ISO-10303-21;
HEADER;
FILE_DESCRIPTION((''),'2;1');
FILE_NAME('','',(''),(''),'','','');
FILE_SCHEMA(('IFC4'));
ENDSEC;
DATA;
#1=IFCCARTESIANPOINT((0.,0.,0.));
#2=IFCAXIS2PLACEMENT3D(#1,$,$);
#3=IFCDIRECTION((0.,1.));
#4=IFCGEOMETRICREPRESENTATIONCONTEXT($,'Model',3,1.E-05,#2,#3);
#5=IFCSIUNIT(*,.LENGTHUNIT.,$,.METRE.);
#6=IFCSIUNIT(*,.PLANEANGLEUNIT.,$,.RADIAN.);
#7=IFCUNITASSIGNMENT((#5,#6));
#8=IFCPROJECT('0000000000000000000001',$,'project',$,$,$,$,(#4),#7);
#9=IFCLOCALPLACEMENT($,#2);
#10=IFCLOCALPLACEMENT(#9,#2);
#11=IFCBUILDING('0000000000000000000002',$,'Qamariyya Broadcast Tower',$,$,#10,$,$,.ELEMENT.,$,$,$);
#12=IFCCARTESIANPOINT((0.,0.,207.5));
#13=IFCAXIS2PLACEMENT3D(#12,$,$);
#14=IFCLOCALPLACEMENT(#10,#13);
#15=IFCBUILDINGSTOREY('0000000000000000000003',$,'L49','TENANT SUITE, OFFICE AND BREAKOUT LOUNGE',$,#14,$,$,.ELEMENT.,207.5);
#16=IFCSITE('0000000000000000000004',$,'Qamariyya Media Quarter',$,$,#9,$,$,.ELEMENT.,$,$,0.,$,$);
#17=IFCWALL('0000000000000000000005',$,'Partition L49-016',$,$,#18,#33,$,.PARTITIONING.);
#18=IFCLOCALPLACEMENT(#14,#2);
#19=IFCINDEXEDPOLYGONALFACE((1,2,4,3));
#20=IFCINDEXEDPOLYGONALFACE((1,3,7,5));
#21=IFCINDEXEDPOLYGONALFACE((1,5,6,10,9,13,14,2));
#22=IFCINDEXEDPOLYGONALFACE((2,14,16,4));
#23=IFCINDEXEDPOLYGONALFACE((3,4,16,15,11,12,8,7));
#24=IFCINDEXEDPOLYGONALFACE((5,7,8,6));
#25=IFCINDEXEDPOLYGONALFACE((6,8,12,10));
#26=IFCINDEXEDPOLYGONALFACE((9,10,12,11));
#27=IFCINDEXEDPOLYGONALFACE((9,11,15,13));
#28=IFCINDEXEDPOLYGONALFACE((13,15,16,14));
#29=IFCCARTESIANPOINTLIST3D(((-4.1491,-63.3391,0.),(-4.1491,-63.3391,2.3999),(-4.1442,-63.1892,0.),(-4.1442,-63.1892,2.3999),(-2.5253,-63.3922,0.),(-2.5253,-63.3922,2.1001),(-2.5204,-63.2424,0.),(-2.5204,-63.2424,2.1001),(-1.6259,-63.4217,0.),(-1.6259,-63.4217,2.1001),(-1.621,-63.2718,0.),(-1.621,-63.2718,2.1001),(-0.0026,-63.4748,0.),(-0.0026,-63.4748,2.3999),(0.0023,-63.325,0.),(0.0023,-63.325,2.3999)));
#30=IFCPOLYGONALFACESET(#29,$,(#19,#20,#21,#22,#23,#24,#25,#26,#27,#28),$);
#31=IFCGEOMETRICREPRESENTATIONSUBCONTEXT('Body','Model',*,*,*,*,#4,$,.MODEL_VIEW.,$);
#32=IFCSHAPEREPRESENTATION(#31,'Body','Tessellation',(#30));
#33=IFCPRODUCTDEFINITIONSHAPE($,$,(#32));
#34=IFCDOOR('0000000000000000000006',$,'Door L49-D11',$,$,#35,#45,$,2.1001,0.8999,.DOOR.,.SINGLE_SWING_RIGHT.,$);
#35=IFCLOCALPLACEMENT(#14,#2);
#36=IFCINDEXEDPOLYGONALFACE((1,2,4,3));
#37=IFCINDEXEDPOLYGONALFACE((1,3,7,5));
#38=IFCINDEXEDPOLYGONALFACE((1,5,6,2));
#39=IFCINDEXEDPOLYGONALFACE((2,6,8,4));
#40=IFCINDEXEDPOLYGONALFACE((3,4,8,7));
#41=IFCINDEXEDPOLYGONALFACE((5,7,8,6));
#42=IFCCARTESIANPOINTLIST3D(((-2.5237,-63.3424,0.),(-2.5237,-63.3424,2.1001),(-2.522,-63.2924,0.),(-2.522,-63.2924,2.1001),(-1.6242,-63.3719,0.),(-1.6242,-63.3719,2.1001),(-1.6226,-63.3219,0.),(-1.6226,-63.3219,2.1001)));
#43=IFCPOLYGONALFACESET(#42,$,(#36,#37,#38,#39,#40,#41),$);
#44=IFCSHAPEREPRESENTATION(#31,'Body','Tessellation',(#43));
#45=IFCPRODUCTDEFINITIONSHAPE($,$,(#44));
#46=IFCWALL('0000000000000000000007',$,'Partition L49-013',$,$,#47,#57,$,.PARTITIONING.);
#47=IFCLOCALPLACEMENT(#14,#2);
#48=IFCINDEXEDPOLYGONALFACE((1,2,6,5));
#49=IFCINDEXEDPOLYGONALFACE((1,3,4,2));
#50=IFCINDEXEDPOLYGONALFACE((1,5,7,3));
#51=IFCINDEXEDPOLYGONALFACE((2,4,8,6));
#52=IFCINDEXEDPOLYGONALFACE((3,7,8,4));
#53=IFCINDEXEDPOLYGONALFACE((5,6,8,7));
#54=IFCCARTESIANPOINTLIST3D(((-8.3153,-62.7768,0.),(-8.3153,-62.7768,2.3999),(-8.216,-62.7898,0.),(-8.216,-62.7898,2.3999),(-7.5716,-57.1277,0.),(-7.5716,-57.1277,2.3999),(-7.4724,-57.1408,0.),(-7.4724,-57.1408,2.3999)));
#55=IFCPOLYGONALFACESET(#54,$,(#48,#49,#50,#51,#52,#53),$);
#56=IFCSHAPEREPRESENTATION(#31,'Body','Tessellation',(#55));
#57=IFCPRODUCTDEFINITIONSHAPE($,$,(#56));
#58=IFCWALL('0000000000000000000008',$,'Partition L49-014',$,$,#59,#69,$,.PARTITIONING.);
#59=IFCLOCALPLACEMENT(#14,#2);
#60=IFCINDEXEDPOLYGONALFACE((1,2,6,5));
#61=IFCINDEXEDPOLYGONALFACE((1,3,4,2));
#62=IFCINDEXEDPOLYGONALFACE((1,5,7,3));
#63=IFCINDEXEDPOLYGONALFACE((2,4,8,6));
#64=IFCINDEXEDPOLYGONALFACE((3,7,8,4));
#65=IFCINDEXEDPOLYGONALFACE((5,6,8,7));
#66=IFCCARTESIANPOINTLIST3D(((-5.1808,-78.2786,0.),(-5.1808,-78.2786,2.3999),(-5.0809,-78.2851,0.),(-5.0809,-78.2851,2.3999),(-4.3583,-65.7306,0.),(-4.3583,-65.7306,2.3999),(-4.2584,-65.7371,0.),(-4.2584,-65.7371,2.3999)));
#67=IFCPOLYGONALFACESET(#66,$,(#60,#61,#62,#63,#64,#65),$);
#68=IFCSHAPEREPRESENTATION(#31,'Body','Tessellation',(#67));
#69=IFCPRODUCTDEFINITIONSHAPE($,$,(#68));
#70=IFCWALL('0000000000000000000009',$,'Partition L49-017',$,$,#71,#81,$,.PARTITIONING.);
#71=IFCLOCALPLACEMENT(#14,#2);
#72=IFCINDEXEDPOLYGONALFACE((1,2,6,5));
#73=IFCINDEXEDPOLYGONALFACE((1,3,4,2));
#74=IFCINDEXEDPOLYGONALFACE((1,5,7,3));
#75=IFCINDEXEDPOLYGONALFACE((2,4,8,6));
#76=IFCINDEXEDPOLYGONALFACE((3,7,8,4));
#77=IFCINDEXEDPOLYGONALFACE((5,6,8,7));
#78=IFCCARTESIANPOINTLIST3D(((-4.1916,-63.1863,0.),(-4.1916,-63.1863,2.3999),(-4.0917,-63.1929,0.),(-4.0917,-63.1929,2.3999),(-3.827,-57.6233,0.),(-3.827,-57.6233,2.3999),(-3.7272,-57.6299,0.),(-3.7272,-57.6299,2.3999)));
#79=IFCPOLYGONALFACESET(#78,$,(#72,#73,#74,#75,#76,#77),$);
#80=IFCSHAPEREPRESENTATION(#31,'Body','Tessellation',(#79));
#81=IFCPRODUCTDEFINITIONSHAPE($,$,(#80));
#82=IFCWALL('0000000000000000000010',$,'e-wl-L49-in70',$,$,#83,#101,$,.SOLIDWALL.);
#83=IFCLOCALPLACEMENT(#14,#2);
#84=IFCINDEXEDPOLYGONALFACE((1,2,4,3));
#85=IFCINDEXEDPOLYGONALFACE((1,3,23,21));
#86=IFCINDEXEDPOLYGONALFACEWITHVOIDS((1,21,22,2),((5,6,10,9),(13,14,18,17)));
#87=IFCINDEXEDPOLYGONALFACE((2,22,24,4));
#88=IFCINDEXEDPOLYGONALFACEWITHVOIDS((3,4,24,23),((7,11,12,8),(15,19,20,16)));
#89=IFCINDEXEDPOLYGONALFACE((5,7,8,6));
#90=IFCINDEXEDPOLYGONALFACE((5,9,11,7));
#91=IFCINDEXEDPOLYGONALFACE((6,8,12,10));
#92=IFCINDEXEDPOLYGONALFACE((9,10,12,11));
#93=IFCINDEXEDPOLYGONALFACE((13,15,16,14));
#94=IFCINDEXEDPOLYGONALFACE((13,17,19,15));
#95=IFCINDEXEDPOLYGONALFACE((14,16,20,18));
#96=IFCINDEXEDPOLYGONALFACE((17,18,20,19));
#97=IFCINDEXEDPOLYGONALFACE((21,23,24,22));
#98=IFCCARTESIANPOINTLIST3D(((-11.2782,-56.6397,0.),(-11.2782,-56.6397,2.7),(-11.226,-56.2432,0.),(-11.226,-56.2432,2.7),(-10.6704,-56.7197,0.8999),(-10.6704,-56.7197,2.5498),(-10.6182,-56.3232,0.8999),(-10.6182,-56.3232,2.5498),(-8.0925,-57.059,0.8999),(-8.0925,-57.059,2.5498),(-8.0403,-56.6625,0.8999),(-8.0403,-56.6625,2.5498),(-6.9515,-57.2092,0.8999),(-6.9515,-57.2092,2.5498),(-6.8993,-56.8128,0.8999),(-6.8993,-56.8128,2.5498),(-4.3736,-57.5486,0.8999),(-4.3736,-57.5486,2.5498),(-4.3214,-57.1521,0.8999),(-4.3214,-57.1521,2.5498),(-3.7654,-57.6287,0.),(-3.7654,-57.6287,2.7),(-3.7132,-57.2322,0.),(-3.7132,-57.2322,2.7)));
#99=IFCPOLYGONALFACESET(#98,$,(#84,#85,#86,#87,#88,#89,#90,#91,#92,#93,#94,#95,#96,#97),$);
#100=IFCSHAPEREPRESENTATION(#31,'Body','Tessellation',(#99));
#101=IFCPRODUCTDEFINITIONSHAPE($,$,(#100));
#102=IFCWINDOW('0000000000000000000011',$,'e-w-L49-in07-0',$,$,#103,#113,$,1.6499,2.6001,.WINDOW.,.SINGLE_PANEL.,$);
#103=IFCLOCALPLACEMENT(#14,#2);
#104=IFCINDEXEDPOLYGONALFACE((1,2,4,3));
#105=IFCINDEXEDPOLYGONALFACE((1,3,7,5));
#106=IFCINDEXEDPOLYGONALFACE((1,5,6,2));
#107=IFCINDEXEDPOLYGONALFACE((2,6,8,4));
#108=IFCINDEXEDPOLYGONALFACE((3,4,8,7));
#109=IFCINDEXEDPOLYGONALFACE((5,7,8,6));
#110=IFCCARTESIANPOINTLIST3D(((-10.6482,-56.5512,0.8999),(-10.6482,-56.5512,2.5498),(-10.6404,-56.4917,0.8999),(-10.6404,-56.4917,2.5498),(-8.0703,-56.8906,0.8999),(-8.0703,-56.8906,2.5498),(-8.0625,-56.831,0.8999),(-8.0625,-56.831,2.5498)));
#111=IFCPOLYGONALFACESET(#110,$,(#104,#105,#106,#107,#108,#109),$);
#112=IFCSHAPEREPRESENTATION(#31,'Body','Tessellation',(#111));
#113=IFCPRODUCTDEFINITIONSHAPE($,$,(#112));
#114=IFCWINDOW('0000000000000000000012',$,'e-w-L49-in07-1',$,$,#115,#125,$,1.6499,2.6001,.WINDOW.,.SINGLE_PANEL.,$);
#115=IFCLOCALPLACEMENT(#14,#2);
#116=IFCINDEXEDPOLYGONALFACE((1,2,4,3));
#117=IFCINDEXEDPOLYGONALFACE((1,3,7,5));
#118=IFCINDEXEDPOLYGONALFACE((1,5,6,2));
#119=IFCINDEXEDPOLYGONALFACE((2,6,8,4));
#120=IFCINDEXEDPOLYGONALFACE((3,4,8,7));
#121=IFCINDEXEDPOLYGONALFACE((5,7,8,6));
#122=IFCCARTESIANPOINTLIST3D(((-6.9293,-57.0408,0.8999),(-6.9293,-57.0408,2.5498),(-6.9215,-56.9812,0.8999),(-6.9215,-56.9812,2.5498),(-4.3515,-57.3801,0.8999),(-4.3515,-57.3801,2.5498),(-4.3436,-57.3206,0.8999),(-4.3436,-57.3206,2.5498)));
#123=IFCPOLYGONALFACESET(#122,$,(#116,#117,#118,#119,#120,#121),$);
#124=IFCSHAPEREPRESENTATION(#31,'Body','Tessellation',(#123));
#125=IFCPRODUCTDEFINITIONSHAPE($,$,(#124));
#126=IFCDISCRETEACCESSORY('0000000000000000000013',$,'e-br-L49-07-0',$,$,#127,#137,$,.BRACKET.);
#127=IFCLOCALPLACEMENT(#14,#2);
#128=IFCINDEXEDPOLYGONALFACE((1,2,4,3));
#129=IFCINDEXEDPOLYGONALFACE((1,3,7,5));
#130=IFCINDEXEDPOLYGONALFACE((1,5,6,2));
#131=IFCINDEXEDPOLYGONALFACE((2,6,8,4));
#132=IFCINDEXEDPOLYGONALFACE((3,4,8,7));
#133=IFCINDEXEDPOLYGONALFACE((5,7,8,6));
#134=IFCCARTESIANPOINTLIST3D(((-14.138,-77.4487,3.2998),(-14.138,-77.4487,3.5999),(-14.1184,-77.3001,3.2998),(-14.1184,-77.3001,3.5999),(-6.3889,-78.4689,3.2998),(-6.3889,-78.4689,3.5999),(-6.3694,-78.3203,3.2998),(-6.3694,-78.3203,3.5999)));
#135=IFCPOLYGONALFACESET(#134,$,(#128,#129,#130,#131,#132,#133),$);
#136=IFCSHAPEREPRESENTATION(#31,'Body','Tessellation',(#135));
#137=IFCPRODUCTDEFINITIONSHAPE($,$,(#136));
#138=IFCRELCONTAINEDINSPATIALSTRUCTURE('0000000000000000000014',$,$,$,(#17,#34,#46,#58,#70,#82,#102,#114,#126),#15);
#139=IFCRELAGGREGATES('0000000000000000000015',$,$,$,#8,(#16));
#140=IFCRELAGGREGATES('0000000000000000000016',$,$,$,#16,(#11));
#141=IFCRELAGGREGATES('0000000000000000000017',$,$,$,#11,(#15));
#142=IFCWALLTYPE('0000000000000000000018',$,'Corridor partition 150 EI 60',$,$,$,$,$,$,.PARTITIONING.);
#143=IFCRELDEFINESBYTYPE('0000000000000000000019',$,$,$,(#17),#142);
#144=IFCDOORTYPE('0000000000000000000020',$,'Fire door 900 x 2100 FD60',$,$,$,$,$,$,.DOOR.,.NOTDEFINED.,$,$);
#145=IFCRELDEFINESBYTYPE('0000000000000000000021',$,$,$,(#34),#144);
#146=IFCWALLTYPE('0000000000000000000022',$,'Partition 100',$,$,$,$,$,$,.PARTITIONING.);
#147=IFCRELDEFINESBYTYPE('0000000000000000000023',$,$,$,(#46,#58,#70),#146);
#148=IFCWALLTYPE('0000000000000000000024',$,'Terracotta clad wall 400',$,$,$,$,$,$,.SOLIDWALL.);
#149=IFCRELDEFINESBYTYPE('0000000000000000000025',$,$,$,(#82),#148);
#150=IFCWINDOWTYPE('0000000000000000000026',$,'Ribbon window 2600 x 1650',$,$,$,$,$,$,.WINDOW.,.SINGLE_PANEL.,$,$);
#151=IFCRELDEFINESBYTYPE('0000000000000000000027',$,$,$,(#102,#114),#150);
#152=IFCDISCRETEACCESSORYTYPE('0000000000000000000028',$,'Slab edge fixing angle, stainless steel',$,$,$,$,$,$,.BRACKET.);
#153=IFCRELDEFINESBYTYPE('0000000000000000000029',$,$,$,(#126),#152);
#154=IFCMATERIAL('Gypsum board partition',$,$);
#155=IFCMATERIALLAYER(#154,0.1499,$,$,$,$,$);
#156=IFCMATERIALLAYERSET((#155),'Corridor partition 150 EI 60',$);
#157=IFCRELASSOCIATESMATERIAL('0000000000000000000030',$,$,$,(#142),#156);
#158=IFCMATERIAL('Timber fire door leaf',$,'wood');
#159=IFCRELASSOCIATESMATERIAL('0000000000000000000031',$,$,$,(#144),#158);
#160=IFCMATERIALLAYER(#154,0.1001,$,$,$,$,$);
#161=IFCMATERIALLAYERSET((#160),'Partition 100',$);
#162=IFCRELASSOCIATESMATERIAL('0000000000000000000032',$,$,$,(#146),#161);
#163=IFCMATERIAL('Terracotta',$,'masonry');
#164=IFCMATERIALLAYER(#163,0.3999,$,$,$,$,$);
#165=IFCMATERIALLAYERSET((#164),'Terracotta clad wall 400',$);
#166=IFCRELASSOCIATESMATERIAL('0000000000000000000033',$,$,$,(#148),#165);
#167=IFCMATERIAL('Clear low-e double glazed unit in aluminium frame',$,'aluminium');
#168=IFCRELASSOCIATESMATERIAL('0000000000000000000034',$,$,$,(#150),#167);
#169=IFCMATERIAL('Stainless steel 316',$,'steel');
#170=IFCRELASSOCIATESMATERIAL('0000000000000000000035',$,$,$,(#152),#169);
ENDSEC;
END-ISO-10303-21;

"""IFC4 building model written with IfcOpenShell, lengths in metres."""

from ifc_helpers import new_model, si_unit, direction, frame, frame_2d, origin, origin_2d, place, context, subcontext, project, spatial, rectangle, extrude, material, layer, layer_set, type_object, element, fill, save


model = new_model("IFC4")

# Units and contexts
model_context = context("Model", 3, precision=1e-05, world=origin(), true_north=direction((0.0, 1.0)))
body_context = subcontext(model_context, "Body", "Model", "MODEL_VIEW")
ifc_project = project(units=[si_unit("LENGTHUNIT", "METRE"), si_unit("PLANEANGLEUNIT", "RADIAN")], contexts=[model_context])

# Site, building, storey
site_placement = place(None, origin())
site = spatial("IfcSite", under=ifc_project, at=site_placement, Name="Qamariyya Media Quarter", CompositionType="ELEMENT", RefElevation=0.0)
building_placement = place(site_placement, origin())
building = spatial("IfcBuilding", under=site, at=building_placement, Name="Qamariyya Broadcast Tower", CompositionType="ELEMENT")
storey_placement = place(building_placement, frame((0.0, 0.0, 207.5)))
storey = spatial("IfcBuildingStorey", under=building, at=storey_placement, Name="L49", Description="TENANT SUITE, OFFICE AND BREAKOUT LOUNGE", CompositionType="ELEMENT", Elevation=207.5)

# Wall, opening, door
ifc_material_1 = material(Name="Gypsum board partition")
ifc_layer_1 = layer(ifc_material_1, 0.1499)
ifc_layer_set_1 = layer_set([ifc_layer_1], Name="Corridor partition 150 EI 60")
wall_type_1 = type_object("IfcWallType", Name="Corridor partition 150 EI 60", PredefinedType="PARTITIONING", material=ifc_layer_set_1)
ifc_material_2 = material(Name="Timber fire door leaf", Category="wood")
door_type_1 = type_object("IfcDoorType", Name="Fire door 900 x 2100 FD60", OperationType="NOTDEFINED", PredefinedType="DOOR", material=ifc_material_2)
wall_1_placement = place(storey_placement, frame((-4.1465, -63.2642, 0.0), z_axis=(0.0, 0.0, 1.0), x_axis=(0.999465, -0.032719, 0.0)))
wall_1 = element("IfcWall", 1, at=wall_1_placement, inside=storey, type_object=wall_type_1, Name="Partition L49-016", PredefinedType="PARTITIONING", context=body_context, shape_type="SweptSolid", body=[
    extrude(rectangle(XDim=4.1487, YDim=0.1499, at=frame_2d((2.0742, 0.0))), origin(), (0.0, 0.0, 1.0), 2.3999),
])
opening_1_placement = place(wall_1_placement, frame((1.6245, 0.0, 0.0)))
opening_1 = element("IfcOpeningElement", 2, at=opening_1_placement, cuts=wall_1, PredefinedType="OPENING", context=body_context, shape_type="SweptSolid", body=[
    extrude(rectangle(XDim=0.8999, YDim=2.1001, at=frame_2d((0.45, 1.05))), frame((0.0, 0.085, 0.0), z_axis=(0.0, -1.0, 0.0), x_axis=(1.0, 0.0, 0.0)), (0.0, 0.0, 1.0), 0.1699),
])
door_1_placement = place(opening_1_placement, origin())
door_1 = element("IfcDoor", 3, at=door_1_placement, inside=storey, type_object=door_type_1, Name="Door L49-D11", OperationType="SINGLE_SWING_RIGHT", OverallHeight=2.1001, OverallWidth=0.8999, PredefinedType="DOOR", context=body_context, shape_type="SweptSolid", body=[
    extrude(rectangle(XDim=0.8999, YDim=2.1001, at=frame_2d((0.45, 1.05))), frame((0.0, 0.0249, 0.0), z_axis=(0.0, -1.0, 0.0), x_axis=(1.0, 0.0, 0.0)), (0.0, 0.0, 1.0), 0.05),
])
fill(opening_1, door_1)

# Walls
ifc_layer_2 = layer(ifc_material_1, 0.1001)
ifc_layer_set_2 = layer_set([ifc_layer_2], Name="Partition 100")
wall_type_2 = type_object("IfcWallType", Name="Partition 100", PredefinedType="PARTITIONING", material=ifc_layer_set_2)
wall_2_placement = place(storey_placement, frame((-7.522, -57.1343, 0.0), z_axis=(0.0, 0.0, 1.0), x_axis=(-0.130519, -0.991446, 0.0)))
element("IfcWall", 4, at=wall_2_placement, inside=storey, type_object=wall_type_2, Name="Partition L49-013", PredefinedType="PARTITIONING", context=body_context, shape_type="SweptSolid", body=[
    extrude(rectangle(XDim=5.6978, YDim=0.1001, at=frame_2d((2.8489, 0.0))), origin(), (0.0, 0.0, 1.0), 2.3999),
])
wall_3_placement = place(storey_placement, frame((-5.1309, -78.282, 0.0), z_axis=(0.0, 0.0, 1.0), x_axis=(0.065408, 0.997859, 0.0)))
element("IfcWall", 5, at=wall_3_placement, inside=storey, type_object=wall_type_2, Name="Partition L49-014", PredefinedType="PARTITIONING", context=body_context, shape_type="SweptSolid", body=[
    extrude(rectangle(XDim=12.575, YDim=0.1001, at=frame_2d((6.2876, 0.0))), origin(), (0.0, 0.0, 1.0), 2.3999),
])
wall_4_placement = place(storey_placement, frame((-3.7771, -57.6265, 0.0), z_axis=(0.0, 0.0, 1.0), x_axis=(-0.065382, -0.99786, 0.0)))
element("IfcWall", 6, at=wall_4_placement, inside=storey, type_object=wall_type_2, Name="Partition L49-017", PredefinedType="PARTITIONING", context=body_context, shape_type="SweptSolid", body=[
    extrude(rectangle(XDim=5.575, YDim=0.1001, at=frame_2d((2.7876, 0.0))), origin(), (0.0, 0.0, 1.0), 2.3999),
])

# Wall, openings, windows
ifc_material_3 = material(Name="Terracotta", Category="masonry")
ifc_layer_3 = layer(ifc_material_3, 0.3999)
ifc_layer_set_3 = layer_set([ifc_layer_3], Name="Terracotta clad wall 400")
wall_type_3 = type_object("IfcWallType", Name="Terracotta clad wall 400", PredefinedType="SOLIDWALL", material=ifc_layer_set_3)
wall_5_placement = place(storey_placement, frame((-3.7393, -57.4304, 0.0), z_axis=(0.0, 0.0, 1.0), x_axis=(-0.991446, 0.130515, 0.0)))
wall_5 = element("IfcWall", 7, at=wall_5_placement, inside=storey, type_object=wall_type_3, Name="e-wl-L49-in70", PredefinedType="SOLIDWALL", context=body_context, shape_type="SweptSolid", body=[
    extrude(rectangle(XDim=7.5776, YDim=0.3999, at=frame_2d((3.7888, 0.0))), origin(), (0.0, 0.0, 1.0), 2.7),
])
opening_2_placement = place(wall_5_placement, frame((4.3645, 0.0, 0.8999)))
opening_2 = element("IfcOpeningElement", 8, at=opening_2_placement, cuts=wall_5, PredefinedType="OPENING", context=body_context, shape_type="SweptSolid", body=[
    extrude(rectangle(XDim=2.6001, YDim=1.6499, at=frame_2d((1.3, 0.825))), frame((0.0, 0.21, 0.0), z_axis=(0.0, -1.0, 0.0), x_axis=(1.0, 0.0, 0.0)), (0.0, 0.0, 1.0), 0.4199),
])
opening_3_placement = place(wall_5_placement, frame((0.6135, 0.0, 0.8999)))
opening_3 = element("IfcOpeningElement", 9, at=opening_3_placement, cuts=wall_5, PredefinedType="OPENING", context=body_context, shape_type="SweptSolid", body=[
    extrude(rectangle(XDim=2.6001, YDim=1.6499, at=frame_2d((1.3, 0.825))), frame((0.0, 0.21, 0.0), z_axis=(0.0, -1.0, 0.0), x_axis=(1.0, 0.0, 0.0)), (0.0, 0.0, 1.0), 0.4199),
])
ifc_material_4 = material(Name="Clear low-e double glazed unit in aluminium frame", Category="aluminium")
window_type = type_object("IfcWindowType", Name="Ribbon window 2600 x 1650", PartitioningType="SINGLE_PANEL", PredefinedType="WINDOW", material=ifc_material_4)
window_1_placement = place(opening_2_placement, origin())
window_1 = element("IfcWindow", 10, at=window_1_placement, inside=storey, type_object=window_type, Name="e-w-L49-in07-0", OverallHeight=1.6499, OverallWidth=2.6001, PartitioningType="SINGLE_PANEL", PredefinedType="WINDOW", context=body_context, shape_type="SweptSolid", body=[
    extrude(rectangle(XDim=2.6001, YDim=1.6499, at=frame_2d((1.3, 0.825))), frame((0.0, 0.03, 0.0), z_axis=(0.0, -1.0, 0.0), x_axis=(1.0, 0.0, 0.0)), (0.0, 0.0, 1.0), 0.0601),
])
fill(opening_2, window_1)
window_2_placement = place(opening_3_placement, origin())
window_2 = element("IfcWindow", 11, at=window_2_placement, inside=storey, type_object=window_type, Name="e-w-L49-in07-1", OverallHeight=1.6499, OverallWidth=2.6001, PartitioningType="SINGLE_PANEL", PredefinedType="WINDOW", context=body_context, shape_type="SweptSolid", body=[
    extrude(rectangle(XDim=2.6001, YDim=1.6499, at=frame_2d((1.3, 0.825))), frame((0.0, 0.03, 0.0), z_axis=(0.0, -1.0, 0.0), x_axis=(1.0, 0.0, 0.0)), (0.0, 0.0, 1.0), 0.0601),
])
fill(opening_3, window_2)

# Discrete accessory
ifc_material_5 = material(Name="Stainless steel 316", Category="steel")
discrete_accessory_type = type_object("IfcDiscreteAccessoryType", Name="Slab edge fixing angle, stainless steel", PredefinedType="BRACKET", material=ifc_material_5)
discrete_accessory_placement = place(storey_placement, frame((-10.2537, -77.8845, 3.2998), z_axis=(0.0, 0.0, 1.0), x_axis=(0.991445, -0.130526, 0.0)))
element("IfcDiscreteAccessory", 12, at=discrete_accessory_placement, inside=storey, type_object=discrete_accessory_type, Name="e-br-L49-07-0", PredefinedType="BRACKET", context=body_context, shape_type="SweptSolid", body=[
    extrude(rectangle(XDim=7.8159, YDim=0.1499, at=origin_2d()), origin(), (0.0, 0.0, 1.0), 0.3),
])

save(model, "model.ifc")
